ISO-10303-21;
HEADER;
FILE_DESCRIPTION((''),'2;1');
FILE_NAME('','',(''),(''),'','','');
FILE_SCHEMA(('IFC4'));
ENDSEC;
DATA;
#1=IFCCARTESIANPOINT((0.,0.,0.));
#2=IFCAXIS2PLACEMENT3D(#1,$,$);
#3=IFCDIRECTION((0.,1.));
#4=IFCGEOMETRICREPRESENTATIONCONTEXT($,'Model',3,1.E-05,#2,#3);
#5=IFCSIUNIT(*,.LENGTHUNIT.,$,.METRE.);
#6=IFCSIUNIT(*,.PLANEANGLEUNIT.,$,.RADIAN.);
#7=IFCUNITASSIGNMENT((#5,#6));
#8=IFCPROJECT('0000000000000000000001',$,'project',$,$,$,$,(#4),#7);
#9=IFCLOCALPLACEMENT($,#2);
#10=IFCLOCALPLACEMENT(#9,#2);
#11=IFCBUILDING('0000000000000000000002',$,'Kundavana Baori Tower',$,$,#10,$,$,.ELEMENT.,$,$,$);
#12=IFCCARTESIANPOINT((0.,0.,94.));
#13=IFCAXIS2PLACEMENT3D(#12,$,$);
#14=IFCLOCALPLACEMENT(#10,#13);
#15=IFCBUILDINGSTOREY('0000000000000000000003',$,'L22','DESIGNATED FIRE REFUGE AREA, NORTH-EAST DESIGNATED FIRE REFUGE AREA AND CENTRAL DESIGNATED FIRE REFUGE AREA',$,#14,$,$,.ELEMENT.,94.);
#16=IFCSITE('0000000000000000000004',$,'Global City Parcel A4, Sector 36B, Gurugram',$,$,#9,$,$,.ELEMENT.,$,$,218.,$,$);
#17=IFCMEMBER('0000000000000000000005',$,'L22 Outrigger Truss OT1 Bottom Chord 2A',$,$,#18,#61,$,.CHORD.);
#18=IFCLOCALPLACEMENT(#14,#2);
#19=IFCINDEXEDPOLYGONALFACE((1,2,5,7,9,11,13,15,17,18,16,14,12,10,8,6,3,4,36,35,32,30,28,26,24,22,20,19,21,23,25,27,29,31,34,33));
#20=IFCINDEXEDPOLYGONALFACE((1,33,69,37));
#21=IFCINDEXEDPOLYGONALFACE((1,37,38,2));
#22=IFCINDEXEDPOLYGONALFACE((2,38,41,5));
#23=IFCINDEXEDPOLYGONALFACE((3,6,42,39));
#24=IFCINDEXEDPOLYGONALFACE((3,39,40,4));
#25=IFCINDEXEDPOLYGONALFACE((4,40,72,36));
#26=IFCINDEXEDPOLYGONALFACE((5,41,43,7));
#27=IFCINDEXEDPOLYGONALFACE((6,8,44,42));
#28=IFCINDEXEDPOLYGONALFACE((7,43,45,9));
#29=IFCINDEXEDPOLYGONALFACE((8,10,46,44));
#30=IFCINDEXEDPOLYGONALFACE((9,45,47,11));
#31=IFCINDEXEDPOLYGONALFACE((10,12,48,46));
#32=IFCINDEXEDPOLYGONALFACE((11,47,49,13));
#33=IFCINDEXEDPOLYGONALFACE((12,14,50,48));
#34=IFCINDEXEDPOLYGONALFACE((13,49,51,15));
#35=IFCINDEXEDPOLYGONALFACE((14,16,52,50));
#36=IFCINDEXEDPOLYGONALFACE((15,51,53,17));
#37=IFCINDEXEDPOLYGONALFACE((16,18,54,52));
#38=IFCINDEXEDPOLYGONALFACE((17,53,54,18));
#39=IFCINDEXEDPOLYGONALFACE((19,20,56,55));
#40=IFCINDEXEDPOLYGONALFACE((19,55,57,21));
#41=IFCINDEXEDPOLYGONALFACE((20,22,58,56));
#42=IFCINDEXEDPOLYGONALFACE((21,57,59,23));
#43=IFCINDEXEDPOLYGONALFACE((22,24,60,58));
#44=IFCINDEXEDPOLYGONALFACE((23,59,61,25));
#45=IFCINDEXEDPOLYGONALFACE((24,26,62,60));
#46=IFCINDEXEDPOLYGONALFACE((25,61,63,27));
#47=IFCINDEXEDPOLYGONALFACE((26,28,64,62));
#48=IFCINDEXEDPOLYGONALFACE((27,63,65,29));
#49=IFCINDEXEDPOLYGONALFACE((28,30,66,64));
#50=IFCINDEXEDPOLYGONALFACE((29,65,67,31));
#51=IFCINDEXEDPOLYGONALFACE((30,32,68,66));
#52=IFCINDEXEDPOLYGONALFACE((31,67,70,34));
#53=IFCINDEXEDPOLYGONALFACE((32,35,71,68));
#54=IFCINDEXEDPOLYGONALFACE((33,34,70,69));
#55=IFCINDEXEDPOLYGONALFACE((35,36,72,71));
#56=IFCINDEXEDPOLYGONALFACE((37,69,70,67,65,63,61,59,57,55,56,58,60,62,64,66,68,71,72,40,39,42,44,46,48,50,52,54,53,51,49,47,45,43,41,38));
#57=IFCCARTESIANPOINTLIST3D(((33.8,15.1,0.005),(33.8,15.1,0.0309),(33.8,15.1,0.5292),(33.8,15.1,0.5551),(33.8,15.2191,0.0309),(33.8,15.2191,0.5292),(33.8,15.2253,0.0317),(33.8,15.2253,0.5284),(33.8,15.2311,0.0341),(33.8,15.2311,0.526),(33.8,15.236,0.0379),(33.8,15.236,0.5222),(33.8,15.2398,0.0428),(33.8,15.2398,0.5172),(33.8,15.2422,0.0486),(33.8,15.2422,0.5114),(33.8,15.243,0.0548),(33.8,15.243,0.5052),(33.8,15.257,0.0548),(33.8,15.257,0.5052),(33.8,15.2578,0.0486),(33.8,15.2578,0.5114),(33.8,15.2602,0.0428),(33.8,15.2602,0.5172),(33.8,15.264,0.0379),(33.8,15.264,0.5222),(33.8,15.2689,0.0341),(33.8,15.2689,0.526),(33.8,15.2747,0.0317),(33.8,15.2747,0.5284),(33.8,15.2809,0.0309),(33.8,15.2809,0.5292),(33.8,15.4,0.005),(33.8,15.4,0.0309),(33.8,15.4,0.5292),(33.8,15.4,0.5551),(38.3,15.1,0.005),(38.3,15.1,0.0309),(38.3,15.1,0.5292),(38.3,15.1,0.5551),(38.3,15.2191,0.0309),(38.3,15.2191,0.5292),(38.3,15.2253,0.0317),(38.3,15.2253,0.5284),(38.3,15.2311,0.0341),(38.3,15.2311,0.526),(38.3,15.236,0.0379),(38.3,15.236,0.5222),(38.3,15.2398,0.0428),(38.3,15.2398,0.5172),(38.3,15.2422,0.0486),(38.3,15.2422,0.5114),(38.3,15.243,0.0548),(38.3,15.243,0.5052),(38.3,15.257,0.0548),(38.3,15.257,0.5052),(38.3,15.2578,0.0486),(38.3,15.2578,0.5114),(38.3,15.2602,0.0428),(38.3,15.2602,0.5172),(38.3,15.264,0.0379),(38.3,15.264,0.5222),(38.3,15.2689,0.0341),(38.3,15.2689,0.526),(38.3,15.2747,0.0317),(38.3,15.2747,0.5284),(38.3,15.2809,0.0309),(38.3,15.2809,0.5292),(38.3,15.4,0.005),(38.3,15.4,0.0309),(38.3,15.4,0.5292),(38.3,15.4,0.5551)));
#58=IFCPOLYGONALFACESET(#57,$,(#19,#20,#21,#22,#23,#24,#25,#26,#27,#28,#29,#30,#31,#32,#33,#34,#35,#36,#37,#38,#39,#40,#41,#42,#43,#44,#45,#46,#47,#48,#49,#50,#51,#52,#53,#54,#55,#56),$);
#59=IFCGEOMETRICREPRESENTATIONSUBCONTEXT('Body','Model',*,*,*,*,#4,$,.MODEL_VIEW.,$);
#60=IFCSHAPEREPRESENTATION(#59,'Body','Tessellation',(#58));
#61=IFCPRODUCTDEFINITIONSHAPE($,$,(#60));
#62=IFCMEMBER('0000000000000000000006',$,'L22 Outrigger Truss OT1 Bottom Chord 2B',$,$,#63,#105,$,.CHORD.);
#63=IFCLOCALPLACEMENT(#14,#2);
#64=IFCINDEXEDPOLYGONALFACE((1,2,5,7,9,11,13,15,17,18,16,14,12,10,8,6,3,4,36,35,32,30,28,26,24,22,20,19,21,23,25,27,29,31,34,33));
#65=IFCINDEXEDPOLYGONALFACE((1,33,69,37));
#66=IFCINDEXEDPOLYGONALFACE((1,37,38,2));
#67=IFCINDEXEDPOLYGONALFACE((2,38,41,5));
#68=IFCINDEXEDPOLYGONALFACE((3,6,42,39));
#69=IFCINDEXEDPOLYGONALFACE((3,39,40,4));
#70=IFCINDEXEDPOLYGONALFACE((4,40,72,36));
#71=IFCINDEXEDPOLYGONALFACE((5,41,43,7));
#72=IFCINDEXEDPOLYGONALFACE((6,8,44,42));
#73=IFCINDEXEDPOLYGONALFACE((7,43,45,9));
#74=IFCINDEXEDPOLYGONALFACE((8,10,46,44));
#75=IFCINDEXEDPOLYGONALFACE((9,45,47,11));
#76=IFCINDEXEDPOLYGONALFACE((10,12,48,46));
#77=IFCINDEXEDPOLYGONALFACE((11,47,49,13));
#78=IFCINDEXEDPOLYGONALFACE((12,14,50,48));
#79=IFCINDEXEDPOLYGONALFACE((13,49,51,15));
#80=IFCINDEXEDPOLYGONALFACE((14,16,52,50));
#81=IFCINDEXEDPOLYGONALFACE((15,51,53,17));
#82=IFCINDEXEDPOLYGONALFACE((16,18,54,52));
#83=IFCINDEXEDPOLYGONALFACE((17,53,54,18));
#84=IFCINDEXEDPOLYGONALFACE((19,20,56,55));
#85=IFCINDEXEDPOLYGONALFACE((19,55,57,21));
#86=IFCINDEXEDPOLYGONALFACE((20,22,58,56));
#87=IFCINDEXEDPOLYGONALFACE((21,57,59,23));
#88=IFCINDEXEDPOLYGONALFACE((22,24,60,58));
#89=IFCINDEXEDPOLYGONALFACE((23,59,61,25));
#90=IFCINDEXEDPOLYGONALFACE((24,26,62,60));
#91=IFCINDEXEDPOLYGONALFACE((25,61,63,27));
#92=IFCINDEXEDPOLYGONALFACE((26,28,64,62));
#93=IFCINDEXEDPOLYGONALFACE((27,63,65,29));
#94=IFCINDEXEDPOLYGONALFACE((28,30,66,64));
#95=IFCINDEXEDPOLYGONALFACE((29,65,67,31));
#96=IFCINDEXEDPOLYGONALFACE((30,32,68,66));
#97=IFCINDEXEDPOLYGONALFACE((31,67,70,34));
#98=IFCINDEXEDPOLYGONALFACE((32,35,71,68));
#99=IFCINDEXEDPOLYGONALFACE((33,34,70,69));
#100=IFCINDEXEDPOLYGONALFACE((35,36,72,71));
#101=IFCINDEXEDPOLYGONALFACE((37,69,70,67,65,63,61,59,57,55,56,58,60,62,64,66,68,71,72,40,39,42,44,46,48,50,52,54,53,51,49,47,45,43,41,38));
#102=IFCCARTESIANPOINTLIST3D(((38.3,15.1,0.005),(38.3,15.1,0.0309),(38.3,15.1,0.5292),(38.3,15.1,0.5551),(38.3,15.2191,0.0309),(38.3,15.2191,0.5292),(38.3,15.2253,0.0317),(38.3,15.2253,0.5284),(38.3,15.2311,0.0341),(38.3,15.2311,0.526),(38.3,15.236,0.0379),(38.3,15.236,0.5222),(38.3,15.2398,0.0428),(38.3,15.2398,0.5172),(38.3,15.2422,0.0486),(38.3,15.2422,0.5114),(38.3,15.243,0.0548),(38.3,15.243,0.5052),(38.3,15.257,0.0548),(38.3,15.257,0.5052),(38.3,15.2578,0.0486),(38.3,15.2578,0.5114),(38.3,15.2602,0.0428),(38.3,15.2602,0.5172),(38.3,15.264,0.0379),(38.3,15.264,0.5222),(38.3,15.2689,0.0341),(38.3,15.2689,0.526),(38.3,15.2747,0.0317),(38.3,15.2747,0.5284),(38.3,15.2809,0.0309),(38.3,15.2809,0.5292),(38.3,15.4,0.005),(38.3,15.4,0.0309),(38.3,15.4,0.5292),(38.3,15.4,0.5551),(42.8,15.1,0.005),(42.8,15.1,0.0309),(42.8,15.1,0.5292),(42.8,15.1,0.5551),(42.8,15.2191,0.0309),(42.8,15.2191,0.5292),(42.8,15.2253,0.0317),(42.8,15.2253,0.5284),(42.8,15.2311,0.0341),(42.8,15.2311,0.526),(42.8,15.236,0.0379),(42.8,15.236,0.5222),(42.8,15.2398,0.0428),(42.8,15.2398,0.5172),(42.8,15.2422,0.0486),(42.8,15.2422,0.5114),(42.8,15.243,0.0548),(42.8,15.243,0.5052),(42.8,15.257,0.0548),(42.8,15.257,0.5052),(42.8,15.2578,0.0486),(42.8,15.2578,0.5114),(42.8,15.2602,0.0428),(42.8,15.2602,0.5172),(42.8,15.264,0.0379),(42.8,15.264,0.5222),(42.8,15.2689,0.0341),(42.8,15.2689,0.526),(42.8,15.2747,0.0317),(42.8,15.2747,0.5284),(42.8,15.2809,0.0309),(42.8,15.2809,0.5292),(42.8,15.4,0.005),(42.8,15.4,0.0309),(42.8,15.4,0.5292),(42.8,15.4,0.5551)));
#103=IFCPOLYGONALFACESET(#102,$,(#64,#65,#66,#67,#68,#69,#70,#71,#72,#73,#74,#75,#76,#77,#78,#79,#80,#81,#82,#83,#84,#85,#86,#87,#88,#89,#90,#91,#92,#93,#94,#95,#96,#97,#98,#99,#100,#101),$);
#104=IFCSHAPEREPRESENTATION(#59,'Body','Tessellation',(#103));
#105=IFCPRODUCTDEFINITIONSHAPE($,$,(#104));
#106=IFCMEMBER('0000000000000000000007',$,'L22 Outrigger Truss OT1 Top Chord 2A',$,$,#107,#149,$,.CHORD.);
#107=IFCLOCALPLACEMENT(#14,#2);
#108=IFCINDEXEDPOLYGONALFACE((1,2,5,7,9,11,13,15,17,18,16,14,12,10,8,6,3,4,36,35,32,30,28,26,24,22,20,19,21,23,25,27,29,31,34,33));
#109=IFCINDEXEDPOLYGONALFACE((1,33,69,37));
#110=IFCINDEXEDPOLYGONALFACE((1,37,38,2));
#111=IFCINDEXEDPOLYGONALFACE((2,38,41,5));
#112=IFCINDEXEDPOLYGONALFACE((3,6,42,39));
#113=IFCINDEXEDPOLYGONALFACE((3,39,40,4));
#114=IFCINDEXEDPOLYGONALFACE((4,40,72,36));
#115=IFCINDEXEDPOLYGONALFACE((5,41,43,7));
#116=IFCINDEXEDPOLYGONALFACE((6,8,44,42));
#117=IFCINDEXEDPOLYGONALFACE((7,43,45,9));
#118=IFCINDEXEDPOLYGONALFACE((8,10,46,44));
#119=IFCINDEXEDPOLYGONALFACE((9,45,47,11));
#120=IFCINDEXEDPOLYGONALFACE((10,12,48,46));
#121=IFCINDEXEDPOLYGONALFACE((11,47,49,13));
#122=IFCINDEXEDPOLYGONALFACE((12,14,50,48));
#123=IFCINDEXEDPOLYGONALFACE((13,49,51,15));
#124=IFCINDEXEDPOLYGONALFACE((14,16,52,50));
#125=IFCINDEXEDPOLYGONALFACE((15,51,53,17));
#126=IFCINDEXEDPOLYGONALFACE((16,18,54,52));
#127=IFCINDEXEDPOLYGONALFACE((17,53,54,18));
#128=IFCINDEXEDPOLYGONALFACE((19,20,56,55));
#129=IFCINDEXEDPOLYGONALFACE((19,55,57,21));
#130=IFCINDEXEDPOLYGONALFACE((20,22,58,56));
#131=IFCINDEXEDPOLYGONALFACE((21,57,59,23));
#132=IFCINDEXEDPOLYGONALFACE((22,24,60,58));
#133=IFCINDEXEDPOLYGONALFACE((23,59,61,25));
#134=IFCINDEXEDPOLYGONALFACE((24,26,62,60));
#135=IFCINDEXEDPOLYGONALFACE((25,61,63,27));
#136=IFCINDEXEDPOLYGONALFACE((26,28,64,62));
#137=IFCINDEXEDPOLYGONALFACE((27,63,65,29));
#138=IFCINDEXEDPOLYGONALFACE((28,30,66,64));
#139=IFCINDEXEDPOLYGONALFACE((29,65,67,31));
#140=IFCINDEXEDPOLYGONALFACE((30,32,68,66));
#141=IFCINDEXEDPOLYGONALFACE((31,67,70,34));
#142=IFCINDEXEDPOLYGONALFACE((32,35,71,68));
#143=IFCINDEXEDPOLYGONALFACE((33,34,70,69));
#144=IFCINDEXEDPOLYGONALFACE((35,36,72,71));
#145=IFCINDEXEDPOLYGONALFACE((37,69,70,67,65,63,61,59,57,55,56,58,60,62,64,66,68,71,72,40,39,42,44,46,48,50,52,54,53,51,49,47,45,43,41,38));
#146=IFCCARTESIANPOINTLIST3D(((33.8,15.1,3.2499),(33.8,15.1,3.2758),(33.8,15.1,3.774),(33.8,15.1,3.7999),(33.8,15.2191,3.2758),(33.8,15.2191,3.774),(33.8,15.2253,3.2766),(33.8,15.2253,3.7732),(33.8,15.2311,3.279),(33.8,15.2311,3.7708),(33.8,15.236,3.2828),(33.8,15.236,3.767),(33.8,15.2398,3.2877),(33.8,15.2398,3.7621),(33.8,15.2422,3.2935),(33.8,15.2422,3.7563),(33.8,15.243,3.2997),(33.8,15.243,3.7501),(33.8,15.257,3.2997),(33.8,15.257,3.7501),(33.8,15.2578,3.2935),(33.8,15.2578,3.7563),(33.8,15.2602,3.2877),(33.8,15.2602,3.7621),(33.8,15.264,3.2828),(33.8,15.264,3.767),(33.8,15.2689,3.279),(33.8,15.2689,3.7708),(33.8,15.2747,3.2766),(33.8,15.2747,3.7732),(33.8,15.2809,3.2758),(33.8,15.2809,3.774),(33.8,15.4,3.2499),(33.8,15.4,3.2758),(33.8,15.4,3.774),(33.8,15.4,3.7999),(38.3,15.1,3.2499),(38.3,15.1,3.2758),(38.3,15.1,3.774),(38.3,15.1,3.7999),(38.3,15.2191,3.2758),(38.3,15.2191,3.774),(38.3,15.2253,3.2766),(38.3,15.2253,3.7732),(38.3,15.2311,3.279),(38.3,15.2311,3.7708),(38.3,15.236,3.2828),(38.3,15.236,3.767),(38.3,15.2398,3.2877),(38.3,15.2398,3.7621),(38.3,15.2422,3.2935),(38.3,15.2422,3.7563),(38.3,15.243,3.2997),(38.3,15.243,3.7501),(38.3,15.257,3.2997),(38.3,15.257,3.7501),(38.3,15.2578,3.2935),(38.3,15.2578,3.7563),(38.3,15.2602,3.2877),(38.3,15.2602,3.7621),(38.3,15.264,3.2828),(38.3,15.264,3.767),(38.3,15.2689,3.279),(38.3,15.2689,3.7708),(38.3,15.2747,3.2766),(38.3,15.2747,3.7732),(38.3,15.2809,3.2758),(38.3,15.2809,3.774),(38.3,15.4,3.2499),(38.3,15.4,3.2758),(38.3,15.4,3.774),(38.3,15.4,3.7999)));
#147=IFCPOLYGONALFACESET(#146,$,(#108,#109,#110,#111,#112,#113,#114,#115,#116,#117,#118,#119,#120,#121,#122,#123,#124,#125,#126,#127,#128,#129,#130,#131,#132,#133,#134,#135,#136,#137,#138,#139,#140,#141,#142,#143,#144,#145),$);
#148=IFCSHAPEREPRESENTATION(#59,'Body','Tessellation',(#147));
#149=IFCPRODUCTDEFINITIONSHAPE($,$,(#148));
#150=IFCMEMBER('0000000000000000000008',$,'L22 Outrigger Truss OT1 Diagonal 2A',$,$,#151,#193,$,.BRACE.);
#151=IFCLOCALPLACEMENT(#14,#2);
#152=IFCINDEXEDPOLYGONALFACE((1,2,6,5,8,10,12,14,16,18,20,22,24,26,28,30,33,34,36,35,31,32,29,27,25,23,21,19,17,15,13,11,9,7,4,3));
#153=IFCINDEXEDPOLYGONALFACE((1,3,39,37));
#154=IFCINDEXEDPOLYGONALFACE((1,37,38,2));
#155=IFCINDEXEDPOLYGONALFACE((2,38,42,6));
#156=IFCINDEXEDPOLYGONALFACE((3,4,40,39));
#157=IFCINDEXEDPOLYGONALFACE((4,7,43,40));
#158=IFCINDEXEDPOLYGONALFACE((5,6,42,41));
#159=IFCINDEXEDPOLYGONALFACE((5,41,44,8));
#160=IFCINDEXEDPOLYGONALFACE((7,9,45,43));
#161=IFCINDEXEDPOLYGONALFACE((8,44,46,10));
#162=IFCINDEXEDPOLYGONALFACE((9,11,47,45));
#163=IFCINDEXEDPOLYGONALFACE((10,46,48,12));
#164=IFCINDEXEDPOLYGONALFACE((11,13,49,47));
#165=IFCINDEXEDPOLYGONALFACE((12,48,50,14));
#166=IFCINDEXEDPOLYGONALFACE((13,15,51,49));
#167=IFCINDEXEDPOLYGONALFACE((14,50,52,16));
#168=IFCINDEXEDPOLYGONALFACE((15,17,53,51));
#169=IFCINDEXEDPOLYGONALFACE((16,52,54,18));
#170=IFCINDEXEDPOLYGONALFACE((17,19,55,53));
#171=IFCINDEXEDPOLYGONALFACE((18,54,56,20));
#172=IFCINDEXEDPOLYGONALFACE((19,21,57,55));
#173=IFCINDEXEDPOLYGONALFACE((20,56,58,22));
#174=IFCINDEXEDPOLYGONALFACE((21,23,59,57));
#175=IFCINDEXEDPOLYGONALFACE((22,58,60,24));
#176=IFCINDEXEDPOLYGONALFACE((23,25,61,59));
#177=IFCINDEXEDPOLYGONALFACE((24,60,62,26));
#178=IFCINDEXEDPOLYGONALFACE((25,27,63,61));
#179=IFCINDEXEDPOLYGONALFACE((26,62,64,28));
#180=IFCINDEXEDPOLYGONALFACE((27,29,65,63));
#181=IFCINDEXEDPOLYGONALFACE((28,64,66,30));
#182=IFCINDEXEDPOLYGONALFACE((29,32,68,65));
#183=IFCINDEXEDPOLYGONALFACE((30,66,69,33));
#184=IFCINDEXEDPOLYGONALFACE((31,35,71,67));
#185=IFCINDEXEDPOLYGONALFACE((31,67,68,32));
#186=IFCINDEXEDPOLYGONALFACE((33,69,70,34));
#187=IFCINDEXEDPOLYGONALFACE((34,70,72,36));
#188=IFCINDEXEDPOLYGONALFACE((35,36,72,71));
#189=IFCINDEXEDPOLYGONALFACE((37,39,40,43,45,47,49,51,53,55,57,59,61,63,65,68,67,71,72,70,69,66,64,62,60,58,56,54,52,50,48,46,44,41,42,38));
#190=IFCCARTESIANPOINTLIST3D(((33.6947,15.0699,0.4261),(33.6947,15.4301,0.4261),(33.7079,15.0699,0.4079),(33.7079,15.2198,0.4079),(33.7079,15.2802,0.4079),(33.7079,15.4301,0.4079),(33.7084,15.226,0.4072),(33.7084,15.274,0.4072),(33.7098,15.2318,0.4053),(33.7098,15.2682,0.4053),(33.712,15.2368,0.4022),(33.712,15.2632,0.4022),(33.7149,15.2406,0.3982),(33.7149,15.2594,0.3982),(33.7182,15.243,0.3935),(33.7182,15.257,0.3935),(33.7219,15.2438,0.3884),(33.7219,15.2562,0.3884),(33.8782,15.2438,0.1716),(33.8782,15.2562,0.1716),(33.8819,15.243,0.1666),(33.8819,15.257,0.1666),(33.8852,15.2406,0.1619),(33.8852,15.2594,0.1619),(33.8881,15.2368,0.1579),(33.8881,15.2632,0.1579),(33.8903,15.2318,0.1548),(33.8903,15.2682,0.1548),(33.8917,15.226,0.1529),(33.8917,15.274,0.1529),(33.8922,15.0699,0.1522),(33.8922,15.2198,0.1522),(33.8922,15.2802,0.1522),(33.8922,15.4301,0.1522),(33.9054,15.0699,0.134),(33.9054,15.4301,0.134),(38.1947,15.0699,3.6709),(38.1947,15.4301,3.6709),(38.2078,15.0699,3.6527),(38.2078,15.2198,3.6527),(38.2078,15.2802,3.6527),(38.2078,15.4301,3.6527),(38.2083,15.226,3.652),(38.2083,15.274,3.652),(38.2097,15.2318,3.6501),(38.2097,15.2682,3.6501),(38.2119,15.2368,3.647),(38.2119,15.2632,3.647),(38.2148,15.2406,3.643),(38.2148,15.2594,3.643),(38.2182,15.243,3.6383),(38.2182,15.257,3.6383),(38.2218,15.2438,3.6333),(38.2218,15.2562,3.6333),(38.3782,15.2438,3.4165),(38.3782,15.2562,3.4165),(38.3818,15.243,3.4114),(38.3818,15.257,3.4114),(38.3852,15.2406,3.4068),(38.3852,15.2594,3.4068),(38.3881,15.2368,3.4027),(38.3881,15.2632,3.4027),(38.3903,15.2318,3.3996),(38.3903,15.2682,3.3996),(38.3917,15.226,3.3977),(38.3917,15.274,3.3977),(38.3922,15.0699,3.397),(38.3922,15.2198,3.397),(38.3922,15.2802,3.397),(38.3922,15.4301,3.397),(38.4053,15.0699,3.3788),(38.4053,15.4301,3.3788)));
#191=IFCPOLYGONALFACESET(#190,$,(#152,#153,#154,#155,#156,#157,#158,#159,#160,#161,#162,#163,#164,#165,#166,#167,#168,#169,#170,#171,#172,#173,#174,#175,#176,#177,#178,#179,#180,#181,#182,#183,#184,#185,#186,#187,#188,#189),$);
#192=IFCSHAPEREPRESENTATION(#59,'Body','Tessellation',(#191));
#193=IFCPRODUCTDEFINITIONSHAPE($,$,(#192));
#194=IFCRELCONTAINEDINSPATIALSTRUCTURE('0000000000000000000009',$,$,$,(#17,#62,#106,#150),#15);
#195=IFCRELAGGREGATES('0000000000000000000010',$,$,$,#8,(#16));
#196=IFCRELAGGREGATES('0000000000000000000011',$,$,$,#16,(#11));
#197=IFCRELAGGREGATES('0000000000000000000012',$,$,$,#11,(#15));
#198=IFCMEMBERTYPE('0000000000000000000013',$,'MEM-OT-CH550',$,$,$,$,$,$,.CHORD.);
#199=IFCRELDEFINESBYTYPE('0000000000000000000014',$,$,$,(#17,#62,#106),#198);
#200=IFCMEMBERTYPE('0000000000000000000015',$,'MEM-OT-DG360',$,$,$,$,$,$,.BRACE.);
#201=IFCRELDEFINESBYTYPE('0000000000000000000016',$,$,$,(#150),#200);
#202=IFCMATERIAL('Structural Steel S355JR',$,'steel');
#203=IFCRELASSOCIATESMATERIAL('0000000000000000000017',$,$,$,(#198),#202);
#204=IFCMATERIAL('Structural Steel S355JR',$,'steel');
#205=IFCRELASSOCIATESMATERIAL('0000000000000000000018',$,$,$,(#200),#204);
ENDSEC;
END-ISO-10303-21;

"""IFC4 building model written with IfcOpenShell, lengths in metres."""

from ifc_helpers import new_model, si_unit, direction, frame, origin, origin_2d, place, context, subcontext, project, spatial, i_section, extrude, material, material_profile, profile_set, type_object, element, save


model = new_model("IFC4")

# Units and contexts
model_context = context("Model", 3, precision=1e-05, world=origin(), true_north=direction((0.0, 1.0)))
body_context = subcontext(model_context, "Body", "Model", "MODEL_VIEW")
ifc_project = project(units=[si_unit("LENGTHUNIT", "METRE"), si_unit("PLANEANGLEUNIT", "RADIAN")], contexts=[model_context])

# Site, building, storey
site_placement = place(None, origin())
site = spatial("IfcSite", under=ifc_project, at=site_placement, Name="Global City Parcel A4, Sector 36B, Gurugram", CompositionType="ELEMENT", RefElevation=218.0)
building_placement = place(site_placement, origin())
building = spatial("IfcBuilding", under=site, at=building_placement, Name="Kundavana Baori Tower", CompositionType="ELEMENT")
storey_placement = place(building_placement, frame((0.0, 0.0, 94.0)))
storey = spatial("IfcBuildingStorey", under=building, at=storey_placement, Name="L22", Description="DESIGNATED FIRE REFUGE AREA, NORTH-EAST DESIGNATED FIRE REFUGE AREA AND CENTRAL DESIGNATED FIRE REFUGE AREA", CompositionType="ELEMENT", Elevation=94.0)

# Members
ifc_material_1 = material(Name="Structural Steel S355JR", Category="steel")
ifc_material_profile_1 = material_profile(ifc_material_1, i_section(OverallWidth=0.3, OverallDepth=0.55, WebThickness=0.0139, FlangeThickness=0.0259, FilletRadius=0.0239, at=origin_2d()), Name="WPB 550x300x166")
ifc_profile_set_1 = profile_set([ifc_material_profile_1], Name="Structural Steel S355JR")
member_type_1 = type_object("IfcMemberType", Name="MEM-OT-CH550", PredefinedType="CHORD", material=ifc_profile_set_1)
for number, where, z_axis, x_axis, name in (
    (1, (33.8, 15.25, 0.28), (1.0, 0.0, 0.0), (0.0, 1.0, 0.0), "L22 Outrigger Truss OT1 Bottom Chord 2A"),
    (2, (38.3, 15.25, 0.28), (1.0, 0.0, 0.0), (0.0, 1.0, 0.0), "L22 Outrigger Truss OT1 Bottom Chord 2B"),
    (3, (33.8, 15.25, 3.5249), (1.0, 0.0, 0.0), (0.0, 1.0, 0.0), "L22 Outrigger Truss OT1 Top Chord 2A"),
):
    element("IfcMember", number, at=place(storey_placement, frame(where, z_axis=z_axis, x_axis=x_axis)), inside=storey, type_object=member_type_1, Name=name, PredefinedType="CHORD", context=body_context, shape_type="SweptSolid", body=[
        extrude(i_section(OverallWidth=0.3, OverallDepth=0.55, WebThickness=0.0139, FlangeThickness=0.0259, FilletRadius=0.0239, at=origin_2d()), origin(), (0.0, 0.0, 1.0), 4.5),
    ])
ifc_material_2 = material(Name="Structural Steel S355JR", Category="steel")
ifc_material_profile_2 = material_profile(ifc_material_2, i_section(OverallWidth=0.3601, OverallDepth=0.3601, WebThickness=0.0125, FlangeThickness=0.0225, FilletRadius=0.0239, at=origin_2d()), Name="WPB 360x360x142")
ifc_profile_set_2 = profile_set([ifc_material_profile_2], Name="Structural Steel S355JR")
member_type_2 = type_object("IfcMemberType", Name="MEM-OT-DG360", PredefinedType="BRACE", material=ifc_profile_set_2)
member_placement = place(storey_placement, frame((33.8, 15.25, 0.28), z_axis=(0.811118, 0.0, 0.584883), x_axis=(0.0, 1.0, 0.0)))
element("IfcMember", 4, at=member_placement, inside=storey, type_object=member_type_2, Name="L22 Outrigger Truss OT1 Diagonal 2A", PredefinedType="BRACE", context=body_context, shape_type="SweptSolid", body=[
    extrude(i_section(OverallWidth=0.3601, OverallDepth=0.3601, WebThickness=0.0125, FlangeThickness=0.0225, FilletRadius=0.0239, at=origin_2d()), origin(), (0.0, 0.0, 1.0), 5.5479),
])

save(model, "model.ifc")
